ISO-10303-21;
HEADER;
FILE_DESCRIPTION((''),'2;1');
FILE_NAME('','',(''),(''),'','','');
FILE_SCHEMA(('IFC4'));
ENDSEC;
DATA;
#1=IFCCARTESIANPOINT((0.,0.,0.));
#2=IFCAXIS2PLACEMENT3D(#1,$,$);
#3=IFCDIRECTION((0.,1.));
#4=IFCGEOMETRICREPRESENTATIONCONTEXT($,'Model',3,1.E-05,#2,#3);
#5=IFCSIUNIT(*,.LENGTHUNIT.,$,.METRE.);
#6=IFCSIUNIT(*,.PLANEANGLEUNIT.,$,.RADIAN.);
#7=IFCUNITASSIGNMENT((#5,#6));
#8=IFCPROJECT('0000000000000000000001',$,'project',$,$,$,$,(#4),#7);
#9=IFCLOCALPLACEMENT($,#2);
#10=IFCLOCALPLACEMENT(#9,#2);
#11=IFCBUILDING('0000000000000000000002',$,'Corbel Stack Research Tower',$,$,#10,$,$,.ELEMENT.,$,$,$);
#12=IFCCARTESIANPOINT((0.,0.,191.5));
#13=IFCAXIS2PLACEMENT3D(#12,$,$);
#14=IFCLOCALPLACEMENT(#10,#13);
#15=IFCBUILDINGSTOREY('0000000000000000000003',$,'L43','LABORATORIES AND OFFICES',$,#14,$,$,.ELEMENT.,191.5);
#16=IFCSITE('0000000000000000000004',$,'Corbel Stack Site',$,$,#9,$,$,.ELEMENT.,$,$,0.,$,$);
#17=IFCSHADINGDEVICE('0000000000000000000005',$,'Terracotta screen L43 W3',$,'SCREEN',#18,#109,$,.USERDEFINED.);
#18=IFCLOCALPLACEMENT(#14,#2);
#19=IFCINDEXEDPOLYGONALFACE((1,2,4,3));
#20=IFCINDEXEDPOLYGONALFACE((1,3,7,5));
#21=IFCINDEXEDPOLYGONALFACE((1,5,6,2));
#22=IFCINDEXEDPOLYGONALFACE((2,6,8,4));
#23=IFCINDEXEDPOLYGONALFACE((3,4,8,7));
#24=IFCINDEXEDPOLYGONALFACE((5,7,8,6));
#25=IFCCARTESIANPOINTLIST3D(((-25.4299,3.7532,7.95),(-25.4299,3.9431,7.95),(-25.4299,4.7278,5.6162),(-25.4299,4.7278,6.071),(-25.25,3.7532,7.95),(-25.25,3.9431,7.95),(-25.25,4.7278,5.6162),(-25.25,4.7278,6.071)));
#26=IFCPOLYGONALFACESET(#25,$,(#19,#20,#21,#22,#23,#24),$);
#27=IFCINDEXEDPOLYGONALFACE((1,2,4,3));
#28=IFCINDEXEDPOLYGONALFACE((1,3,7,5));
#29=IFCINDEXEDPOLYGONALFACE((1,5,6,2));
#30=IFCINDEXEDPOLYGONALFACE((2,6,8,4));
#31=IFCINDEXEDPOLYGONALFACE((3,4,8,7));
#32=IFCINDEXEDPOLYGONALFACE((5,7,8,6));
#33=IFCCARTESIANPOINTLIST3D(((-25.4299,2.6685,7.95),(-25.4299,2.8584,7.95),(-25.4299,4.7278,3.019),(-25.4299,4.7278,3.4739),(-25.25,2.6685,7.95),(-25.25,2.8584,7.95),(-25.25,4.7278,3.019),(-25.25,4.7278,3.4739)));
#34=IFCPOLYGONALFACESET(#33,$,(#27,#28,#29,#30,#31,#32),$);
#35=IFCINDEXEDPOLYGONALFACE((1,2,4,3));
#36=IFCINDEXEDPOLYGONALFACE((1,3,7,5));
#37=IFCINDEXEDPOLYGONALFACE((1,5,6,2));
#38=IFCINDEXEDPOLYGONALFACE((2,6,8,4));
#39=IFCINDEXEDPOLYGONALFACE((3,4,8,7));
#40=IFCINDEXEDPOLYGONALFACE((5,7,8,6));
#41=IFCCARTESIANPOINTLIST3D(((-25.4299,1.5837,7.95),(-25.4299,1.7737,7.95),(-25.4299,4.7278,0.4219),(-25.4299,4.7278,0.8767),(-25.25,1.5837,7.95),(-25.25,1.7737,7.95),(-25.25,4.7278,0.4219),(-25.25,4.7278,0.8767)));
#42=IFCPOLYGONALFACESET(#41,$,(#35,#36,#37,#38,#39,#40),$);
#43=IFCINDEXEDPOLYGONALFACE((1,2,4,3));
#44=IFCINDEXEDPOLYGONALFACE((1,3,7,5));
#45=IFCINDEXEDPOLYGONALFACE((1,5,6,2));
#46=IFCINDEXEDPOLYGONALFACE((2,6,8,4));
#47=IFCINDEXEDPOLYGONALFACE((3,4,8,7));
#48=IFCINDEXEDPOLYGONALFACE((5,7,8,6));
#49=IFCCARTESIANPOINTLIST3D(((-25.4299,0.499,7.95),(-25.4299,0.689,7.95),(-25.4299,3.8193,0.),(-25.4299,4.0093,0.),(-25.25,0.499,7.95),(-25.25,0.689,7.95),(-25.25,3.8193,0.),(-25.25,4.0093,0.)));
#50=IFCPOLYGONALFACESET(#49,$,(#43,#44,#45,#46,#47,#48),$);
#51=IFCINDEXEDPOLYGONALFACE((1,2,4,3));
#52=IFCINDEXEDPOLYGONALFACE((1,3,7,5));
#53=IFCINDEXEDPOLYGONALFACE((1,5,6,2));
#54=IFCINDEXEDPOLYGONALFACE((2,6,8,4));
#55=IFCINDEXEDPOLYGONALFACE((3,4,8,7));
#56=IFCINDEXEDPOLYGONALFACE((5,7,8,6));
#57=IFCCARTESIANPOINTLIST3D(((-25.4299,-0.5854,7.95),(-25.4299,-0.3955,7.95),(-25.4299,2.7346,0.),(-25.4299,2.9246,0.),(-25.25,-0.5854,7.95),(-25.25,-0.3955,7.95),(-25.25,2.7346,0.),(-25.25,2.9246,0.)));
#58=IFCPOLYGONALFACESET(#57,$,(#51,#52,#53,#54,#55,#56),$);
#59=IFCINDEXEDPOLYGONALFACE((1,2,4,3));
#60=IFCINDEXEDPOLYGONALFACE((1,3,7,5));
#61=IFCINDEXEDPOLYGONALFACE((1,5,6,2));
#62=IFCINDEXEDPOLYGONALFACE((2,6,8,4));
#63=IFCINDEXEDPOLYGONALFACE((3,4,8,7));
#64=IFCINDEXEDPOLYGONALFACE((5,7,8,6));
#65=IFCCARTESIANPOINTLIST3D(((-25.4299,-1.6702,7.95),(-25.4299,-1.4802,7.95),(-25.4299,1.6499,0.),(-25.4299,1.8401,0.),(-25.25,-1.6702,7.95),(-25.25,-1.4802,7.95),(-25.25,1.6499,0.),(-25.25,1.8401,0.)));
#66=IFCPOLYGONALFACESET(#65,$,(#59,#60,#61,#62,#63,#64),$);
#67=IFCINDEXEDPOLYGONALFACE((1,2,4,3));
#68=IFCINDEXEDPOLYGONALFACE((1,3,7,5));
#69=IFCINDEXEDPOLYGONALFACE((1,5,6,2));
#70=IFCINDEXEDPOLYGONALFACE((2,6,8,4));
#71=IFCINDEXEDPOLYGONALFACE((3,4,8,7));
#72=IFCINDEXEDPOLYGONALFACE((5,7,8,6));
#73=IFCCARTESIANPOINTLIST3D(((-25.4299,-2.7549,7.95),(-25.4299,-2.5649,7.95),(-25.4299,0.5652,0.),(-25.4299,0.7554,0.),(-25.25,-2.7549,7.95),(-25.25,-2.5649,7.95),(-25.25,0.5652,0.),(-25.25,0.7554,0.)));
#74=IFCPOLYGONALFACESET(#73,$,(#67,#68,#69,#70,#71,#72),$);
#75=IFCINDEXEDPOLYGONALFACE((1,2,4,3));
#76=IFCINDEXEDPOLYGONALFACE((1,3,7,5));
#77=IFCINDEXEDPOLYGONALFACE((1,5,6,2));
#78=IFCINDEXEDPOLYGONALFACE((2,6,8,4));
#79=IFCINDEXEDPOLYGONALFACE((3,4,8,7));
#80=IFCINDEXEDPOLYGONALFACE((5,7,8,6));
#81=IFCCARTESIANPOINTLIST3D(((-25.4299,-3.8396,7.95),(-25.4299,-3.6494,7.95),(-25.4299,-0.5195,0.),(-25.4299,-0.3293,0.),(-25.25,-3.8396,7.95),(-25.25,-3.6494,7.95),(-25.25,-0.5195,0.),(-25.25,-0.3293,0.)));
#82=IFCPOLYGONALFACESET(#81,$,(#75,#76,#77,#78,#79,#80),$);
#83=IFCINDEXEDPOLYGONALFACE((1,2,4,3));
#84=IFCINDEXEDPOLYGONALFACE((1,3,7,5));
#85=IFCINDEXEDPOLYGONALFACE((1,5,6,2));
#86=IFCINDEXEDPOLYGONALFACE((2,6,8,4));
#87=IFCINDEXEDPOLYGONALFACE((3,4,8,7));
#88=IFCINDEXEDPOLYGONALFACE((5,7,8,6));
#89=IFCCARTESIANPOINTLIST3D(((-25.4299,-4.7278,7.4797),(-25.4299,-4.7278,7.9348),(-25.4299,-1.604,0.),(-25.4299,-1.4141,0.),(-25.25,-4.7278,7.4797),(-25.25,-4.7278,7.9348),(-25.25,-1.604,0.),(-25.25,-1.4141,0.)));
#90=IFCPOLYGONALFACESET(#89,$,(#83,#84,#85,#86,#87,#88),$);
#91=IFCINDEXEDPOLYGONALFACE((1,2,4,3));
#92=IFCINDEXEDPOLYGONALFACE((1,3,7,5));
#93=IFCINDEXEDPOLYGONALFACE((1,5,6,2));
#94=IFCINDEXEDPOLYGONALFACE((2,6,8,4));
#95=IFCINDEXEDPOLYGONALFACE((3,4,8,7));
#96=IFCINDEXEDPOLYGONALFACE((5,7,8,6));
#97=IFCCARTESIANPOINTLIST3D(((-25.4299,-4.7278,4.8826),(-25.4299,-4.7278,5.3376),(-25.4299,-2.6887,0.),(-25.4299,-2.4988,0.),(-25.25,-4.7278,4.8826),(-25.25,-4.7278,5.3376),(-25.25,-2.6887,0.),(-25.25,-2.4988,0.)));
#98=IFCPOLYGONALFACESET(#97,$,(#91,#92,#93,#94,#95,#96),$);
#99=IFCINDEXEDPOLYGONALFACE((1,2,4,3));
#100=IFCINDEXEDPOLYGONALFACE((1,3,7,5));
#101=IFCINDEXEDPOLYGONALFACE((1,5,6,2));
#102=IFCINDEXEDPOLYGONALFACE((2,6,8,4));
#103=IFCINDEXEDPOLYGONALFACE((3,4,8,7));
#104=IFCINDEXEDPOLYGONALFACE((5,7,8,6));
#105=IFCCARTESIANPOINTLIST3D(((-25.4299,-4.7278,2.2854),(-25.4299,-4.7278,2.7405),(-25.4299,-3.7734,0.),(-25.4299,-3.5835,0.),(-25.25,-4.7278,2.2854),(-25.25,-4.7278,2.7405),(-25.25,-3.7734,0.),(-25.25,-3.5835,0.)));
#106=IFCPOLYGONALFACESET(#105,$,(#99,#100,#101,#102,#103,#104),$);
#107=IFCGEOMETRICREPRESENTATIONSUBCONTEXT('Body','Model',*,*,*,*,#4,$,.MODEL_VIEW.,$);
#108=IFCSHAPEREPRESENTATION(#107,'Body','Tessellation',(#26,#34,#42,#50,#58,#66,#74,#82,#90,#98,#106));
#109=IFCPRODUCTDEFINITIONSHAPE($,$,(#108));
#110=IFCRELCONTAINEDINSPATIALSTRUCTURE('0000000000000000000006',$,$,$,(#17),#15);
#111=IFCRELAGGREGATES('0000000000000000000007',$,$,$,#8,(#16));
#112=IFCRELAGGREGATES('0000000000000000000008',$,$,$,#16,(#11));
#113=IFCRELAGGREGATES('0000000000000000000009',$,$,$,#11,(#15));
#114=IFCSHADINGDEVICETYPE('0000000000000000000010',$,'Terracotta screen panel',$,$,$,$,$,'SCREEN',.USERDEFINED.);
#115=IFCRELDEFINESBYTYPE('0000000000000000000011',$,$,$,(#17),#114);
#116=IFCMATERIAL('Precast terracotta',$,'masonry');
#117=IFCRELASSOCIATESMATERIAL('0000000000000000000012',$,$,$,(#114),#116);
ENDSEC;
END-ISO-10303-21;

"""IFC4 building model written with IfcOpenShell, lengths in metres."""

from ifc_helpers import new_model, si_unit, direction, frame, origin, place, context, subcontext, project, spatial, polyline, outline, extrude, source, transform, mapped, material, type_object, element, save


model = new_model("IFC4")

# Units and contexts
model_context = context("Model", 3, precision=1e-05, world=origin(), true_north=direction((0.0, 1.0)))
body_context = subcontext(model_context, "Body", "Model", "MODEL_VIEW")
ifc_project = project(units=[si_unit("LENGTHUNIT", "METRE"), si_unit("PLANEANGLEUNIT", "RADIAN")], contexts=[model_context])

# Site, building, storey
site_placement = place(None, origin())
site = spatial("IfcSite", under=ifc_project, at=site_placement, Name="Corbel Stack Site", CompositionType="ELEMENT", RefElevation=0.0)
building_placement = place(site_placement, origin())
building = spatial("IfcBuilding", under=site, at=building_placement, Name="Corbel Stack Research Tower", CompositionType="ELEMENT")
storey_placement = place(building_placement, frame((0.0, 0.0, 191.5)))
storey = spatial("IfcBuildingStorey", under=building, at=storey_placement, Name="L43", Description="LABORATORIES AND OFFICES", CompositionType="ELEMENT", Elevation=191.5)

# Shading device
ifc_material_1 = material(Name="Precast terracotta", Category="masonry")
shading_device_type = type_object("IfcShadingDeviceType", Name="Terracotta screen panel", ElementType="SCREEN", PredefinedType="USERDEFINED", material=ifc_material_1)
shared_shape = source(origin(), body_context, "Body", "SweptSolid", [
    extrude(outline(polyline([(0.9746, 7.95), (0.7847, 7.95), (0.0, 6.071), (0.0, 5.6162), (0.9746, 7.95)])), frame((0.0, 0.0, 0.0), z_axis=(0.0, -1.0, 0.0), x_axis=(1.0, 0.0, 0.0)), (0.0, 0.0, 1.0), 0.1799),
    extrude(outline(polyline([(2.0593, 7.95), (1.8694, 7.95), (0.0, 3.4739), (0.0, 3.019), (2.0593, 7.95)])), frame((0.0, 0.0, 0.0), z_axis=(0.0, -1.0, 0.0), x_axis=(1.0, 0.0, 0.0)), (0.0, 0.0, 1.0), 0.1799),
    extrude(outline(polyline([(3.144, 7.95), (2.9541, 7.95), (0.0, 0.8767), (0.0, 0.4219), (3.144, 7.95)])), frame((0.0, 0.0, 0.0), z_axis=(0.0, -1.0, 0.0), x_axis=(1.0, 0.0, 0.0)), (0.0, 0.0, 1.0), 0.1799),
    extrude(outline(polyline([(0.9084, 0.0), (4.2288, 7.95), (4.0388, 7.95), (0.7185, 0.0), (0.9084, 0.0)])), frame((0.0, 0.0, 0.0), z_axis=(0.0, -1.0, 0.0), x_axis=(1.0, 0.0, 0.0)), (0.0, 0.0, 1.0), 0.1799),
    extrude(outline(polyline([(1.9932, 0.0), (5.3132, 7.95), (5.1233, 7.95), (1.8032, 0.0), (1.9932, 0.0)])), frame((0.0, 0.0, 0.0), z_axis=(0.0, -1.0, 0.0), x_axis=(1.0, 0.0, 0.0)), (0.0, 0.0, 1.0), 0.1799),
    extrude(outline(polyline([(3.0779, 0.0), (6.3979, 7.95), (6.208, 7.95), (2.8877, 0.0), (3.0779, 0.0)])), frame((0.0, 0.0, 0.0), z_axis=(0.0, -1.0, 0.0), x_axis=(1.0, 0.0, 0.0)), (0.0, 0.0, 1.0), 0.1799),
    extrude(outline(polyline([(4.1626, 0.0), (7.4827, 7.95), (7.2927, 7.95), (3.9724, 0.0), (4.1626, 0.0)])), frame((0.0, 0.0, 0.0), z_axis=(0.0, -1.0, 0.0), x_axis=(1.0, 0.0, 0.0)), (0.0, 0.0, 1.0), 0.1799),
    extrude(outline(polyline([(5.2473, 0.0), (8.5674, 7.95), (8.3772, 7.95), (5.0571, 0.0), (5.2473, 0.0)])), frame((0.0, 0.0, 0.0), z_axis=(0.0, -1.0, 0.0), x_axis=(1.0, 0.0, 0.0)), (0.0, 0.0, 1.0), 0.1799),
    extrude(outline(polyline([(6.3318, 0.0), (9.4556, 7.4797), (9.4556, 7.9348), (6.1418, 0.0), (6.3318, 0.0)])), frame((0.0, 0.0, 0.0), z_axis=(0.0, -1.0, 0.0), x_axis=(1.0, 0.0, 0.0)), (0.0, 0.0, 1.0), 0.1799),
    extrude(outline(polyline([(7.4165, 0.0), (9.4556, 4.8826), (9.4556, 5.3376), (7.2266, 0.0), (7.4165, 0.0)])), frame((0.0, 0.0, 0.0), z_axis=(0.0, -1.0, 0.0), x_axis=(1.0, 0.0, 0.0)), (0.0, 0.0, 1.0), 0.1799),
    extrude(outline(polyline([(8.5012, 0.0), (9.4556, 2.2854), (9.4556, 2.7405), (8.3113, 0.0), (8.5012, 0.0)])), frame((0.0, 0.0, 0.0), z_axis=(0.0, -1.0, 0.0), x_axis=(1.0, 0.0, 0.0)), (0.0, 0.0, 1.0), 0.1799),
])
shading_device_placement = place(storey_placement, frame((-25.25, 4.7278, 0.0), z_axis=(0.0, 0.0, 1.0), x_axis=(0.0, -1.0, 0.0)))
element("IfcShadingDevice", 1, at=shading_device_placement, inside=storey, type_object=shading_device_type, Name="Terracotta screen L43 W3", ObjectType="SCREEN", PredefinedType="USERDEFINED", context=body_context, shape_type="MappedRepresentation", body=[
    mapped(shared_shape, transform((0.0, 0.0, 0.0))),
])

save(model, "model.ifc")
